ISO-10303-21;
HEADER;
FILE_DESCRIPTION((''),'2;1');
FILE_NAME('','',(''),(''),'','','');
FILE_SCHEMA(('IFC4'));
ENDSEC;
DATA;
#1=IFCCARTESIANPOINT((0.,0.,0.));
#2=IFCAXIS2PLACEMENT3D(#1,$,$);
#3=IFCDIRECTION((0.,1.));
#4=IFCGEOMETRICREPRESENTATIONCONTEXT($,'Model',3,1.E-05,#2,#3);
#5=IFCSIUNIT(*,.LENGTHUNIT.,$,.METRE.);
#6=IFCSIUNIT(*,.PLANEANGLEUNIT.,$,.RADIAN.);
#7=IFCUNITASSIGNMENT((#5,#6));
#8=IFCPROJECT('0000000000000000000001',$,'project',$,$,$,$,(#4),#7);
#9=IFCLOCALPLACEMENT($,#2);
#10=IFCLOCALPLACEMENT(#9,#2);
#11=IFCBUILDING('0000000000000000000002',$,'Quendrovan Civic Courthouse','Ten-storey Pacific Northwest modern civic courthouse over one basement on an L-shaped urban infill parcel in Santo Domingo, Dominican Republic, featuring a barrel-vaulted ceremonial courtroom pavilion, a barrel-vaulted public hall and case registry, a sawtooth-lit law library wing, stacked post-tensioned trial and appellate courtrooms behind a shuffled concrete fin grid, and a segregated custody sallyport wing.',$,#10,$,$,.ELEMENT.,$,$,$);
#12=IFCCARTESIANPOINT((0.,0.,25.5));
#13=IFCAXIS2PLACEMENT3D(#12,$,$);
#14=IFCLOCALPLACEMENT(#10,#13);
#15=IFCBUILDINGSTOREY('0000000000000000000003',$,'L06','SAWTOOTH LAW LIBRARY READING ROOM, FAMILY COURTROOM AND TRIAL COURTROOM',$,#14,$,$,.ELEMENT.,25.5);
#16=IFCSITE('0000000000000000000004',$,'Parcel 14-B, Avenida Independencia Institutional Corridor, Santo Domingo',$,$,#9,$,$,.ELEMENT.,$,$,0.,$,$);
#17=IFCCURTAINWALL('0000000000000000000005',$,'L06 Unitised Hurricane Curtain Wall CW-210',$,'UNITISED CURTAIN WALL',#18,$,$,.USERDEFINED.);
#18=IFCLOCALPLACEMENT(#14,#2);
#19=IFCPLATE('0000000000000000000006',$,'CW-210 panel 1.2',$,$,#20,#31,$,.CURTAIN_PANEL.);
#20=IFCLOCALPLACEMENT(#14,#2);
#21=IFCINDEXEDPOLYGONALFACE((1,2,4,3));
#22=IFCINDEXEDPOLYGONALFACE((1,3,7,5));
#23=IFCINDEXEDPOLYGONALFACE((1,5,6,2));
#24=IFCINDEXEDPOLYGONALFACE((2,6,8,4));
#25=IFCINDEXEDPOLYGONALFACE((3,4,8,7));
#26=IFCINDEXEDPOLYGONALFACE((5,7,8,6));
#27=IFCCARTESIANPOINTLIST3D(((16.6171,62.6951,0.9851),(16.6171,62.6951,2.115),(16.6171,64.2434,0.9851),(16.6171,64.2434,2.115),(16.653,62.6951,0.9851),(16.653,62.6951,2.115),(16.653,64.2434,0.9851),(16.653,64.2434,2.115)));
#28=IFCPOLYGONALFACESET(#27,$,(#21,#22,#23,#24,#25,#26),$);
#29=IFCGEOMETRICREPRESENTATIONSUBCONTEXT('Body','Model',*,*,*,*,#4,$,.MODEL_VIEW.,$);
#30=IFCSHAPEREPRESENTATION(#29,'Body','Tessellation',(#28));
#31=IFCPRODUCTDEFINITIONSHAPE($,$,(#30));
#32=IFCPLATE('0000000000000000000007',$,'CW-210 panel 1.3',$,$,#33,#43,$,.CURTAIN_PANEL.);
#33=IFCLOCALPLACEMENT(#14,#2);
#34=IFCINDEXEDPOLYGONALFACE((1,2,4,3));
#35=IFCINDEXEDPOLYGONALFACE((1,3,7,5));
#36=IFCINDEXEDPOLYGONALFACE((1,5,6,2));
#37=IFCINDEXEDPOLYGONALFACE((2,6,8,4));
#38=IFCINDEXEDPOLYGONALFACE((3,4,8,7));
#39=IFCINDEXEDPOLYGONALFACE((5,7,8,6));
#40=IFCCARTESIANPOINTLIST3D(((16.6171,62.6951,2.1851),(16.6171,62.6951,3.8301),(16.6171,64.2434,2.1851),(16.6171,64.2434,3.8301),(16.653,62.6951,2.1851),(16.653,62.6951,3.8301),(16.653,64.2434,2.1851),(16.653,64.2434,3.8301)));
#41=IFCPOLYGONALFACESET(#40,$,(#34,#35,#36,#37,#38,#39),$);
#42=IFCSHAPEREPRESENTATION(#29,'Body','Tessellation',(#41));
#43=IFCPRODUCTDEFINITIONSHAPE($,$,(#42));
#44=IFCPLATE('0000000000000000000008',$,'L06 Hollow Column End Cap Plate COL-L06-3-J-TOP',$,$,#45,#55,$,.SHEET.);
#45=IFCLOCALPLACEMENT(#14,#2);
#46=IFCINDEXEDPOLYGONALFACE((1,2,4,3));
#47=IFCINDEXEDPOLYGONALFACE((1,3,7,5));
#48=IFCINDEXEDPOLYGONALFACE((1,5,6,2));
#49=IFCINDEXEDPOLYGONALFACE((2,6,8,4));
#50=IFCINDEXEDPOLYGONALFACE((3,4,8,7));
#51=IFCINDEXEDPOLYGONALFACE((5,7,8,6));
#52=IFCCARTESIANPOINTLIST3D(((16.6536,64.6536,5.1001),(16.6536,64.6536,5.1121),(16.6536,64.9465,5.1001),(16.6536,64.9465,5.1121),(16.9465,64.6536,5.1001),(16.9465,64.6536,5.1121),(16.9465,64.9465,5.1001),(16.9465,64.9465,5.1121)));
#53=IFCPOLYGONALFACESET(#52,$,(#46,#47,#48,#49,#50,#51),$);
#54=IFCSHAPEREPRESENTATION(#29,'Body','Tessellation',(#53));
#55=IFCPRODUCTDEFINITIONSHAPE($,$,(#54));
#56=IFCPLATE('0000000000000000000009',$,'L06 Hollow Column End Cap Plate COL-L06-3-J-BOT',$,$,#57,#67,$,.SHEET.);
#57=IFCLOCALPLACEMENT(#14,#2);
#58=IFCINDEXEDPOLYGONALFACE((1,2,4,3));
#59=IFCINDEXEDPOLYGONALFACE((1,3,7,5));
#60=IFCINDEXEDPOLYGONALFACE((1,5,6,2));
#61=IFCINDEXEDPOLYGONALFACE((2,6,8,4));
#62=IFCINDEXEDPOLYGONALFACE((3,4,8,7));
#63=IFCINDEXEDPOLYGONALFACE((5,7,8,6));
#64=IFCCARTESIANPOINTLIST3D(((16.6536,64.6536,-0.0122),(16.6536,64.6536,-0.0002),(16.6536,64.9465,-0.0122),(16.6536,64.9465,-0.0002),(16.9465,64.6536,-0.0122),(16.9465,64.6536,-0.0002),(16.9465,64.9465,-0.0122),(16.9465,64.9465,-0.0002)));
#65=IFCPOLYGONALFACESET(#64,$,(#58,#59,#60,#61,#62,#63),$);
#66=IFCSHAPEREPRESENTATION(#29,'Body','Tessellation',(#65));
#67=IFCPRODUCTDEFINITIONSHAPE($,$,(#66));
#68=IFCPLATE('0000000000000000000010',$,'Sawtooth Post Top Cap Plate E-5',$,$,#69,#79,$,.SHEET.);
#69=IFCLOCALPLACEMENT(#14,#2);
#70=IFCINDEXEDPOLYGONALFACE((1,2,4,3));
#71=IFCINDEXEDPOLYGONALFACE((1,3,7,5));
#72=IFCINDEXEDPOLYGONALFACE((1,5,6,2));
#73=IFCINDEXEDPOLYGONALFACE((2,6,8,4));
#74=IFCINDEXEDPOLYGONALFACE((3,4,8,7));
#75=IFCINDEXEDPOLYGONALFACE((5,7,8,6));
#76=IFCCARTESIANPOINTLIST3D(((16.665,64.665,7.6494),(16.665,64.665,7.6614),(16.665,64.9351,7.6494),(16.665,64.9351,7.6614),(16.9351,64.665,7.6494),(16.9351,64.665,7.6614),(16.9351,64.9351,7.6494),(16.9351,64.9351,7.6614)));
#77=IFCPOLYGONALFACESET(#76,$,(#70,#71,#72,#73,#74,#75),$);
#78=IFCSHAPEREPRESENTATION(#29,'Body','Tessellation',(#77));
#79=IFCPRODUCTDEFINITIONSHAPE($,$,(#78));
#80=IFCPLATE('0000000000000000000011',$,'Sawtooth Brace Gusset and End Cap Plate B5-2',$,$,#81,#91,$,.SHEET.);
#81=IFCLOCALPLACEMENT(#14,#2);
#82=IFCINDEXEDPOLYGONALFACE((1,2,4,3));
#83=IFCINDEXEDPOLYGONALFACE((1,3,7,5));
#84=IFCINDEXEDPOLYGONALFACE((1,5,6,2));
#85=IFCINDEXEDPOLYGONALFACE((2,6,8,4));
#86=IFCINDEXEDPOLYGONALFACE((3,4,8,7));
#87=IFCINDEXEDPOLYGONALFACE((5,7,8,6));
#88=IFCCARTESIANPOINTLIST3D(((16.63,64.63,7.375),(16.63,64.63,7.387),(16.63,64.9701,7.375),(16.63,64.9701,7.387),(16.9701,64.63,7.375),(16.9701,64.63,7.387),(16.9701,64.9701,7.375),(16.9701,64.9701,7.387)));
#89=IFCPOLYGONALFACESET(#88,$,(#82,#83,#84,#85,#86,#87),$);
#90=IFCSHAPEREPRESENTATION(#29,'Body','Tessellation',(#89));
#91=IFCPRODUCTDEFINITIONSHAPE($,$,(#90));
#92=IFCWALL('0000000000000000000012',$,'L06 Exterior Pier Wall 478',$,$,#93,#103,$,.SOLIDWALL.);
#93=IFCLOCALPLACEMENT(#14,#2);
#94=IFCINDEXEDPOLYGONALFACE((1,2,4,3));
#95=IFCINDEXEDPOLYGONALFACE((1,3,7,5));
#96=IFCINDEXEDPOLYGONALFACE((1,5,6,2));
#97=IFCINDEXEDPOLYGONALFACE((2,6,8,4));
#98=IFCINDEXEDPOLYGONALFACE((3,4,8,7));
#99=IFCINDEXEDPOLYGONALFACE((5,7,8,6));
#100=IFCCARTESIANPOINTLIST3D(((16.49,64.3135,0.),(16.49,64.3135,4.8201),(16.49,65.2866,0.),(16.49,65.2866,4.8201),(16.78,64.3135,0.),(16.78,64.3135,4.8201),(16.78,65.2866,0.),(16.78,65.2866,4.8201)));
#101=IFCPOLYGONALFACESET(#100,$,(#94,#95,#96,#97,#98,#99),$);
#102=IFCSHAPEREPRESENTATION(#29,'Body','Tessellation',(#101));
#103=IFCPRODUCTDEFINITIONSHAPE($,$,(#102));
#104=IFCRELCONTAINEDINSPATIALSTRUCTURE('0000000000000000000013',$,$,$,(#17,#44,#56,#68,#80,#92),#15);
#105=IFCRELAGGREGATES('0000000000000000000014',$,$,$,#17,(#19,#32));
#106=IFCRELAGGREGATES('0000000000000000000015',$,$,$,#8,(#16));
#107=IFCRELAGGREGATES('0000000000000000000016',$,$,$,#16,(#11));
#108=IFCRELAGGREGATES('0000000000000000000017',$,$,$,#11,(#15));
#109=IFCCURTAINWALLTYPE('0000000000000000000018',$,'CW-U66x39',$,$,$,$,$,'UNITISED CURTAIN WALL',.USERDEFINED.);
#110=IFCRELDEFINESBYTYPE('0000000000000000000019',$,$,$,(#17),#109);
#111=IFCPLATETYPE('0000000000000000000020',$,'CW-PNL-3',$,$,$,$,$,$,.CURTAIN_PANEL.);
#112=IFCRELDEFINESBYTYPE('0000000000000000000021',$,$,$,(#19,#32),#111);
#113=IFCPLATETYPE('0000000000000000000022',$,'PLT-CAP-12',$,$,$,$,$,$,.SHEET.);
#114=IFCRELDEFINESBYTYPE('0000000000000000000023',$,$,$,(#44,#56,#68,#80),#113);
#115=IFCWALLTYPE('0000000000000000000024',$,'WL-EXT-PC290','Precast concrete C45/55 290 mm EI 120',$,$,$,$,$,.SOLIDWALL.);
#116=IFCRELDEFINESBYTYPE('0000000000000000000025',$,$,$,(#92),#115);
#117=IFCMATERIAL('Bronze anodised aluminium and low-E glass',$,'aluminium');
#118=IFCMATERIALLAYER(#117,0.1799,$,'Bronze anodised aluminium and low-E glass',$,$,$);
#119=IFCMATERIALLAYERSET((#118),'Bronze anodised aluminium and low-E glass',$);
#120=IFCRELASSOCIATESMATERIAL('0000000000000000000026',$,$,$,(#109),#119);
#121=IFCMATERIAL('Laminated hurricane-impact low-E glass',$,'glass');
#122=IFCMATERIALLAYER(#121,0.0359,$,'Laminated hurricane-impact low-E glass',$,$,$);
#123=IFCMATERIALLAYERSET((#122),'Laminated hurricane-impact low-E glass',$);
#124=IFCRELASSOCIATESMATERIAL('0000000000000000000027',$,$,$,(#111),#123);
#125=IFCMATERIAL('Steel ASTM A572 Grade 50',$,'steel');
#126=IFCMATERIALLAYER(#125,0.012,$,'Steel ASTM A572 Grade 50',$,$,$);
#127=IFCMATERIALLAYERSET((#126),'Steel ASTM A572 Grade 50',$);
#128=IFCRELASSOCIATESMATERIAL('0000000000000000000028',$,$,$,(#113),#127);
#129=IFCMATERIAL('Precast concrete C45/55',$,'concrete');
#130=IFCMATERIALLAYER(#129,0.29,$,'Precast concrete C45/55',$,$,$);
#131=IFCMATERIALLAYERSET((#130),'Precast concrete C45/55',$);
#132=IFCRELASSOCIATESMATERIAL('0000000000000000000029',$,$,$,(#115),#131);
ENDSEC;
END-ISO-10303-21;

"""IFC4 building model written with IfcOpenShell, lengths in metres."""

from ifc_helpers import new_model, si_unit, direction, frame, frame_2d, origin, origin_2d, place, context, subcontext, project, spatial, rectangle, extrude, material, layer, layer_set, type_object, element, aggregate, save


model = new_model("IFC4")

# Units and contexts
model_context = context("Model", 3, precision=1e-05, world=origin(), true_north=direction((0.0, 1.0)))
body_context = subcontext(model_context, "Body", "Model", "MODEL_VIEW")
ifc_project = project(units=[si_unit("LENGTHUNIT", "METRE"), si_unit("PLANEANGLEUNIT", "RADIAN")], contexts=[model_context])

# Site, building, storey
site_placement = place(None, origin())
site = spatial("IfcSite", under=ifc_project, at=site_placement, Name="Parcel 14-B, Avenida Independencia Institutional Corridor, Santo Domingo", CompositionType="ELEMENT", RefElevation=0.0)
building_placement = place(site_placement, origin())
building = spatial("IfcBuilding", under=site, at=building_placement, Name="Quendrovan Civic Courthouse", Description="Ten-storey Pacific Northwest modern civic courthouse over one basement on an L-shaped urban infill parcel in Santo Domingo, Dominican Republic, featuring a barrel-vaulted ceremonial courtroom pavilion, a barrel-vaulted public hall and case registry, a sawtooth-lit law library wing, stacked post-tensioned trial and appellate courtrooms behind a shuffled concrete fin grid, and a segregated custody sallyport wing.", CompositionType="ELEMENT")
storey_placement = place(building_placement, frame((0.0, 0.0, 25.5)))
storey = spatial("IfcBuildingStorey", under=building, at=storey_placement, Name="L06", Description="SAWTOOTH LAW LIBRARY READING ROOM, FAMILY COURTROOM AND TRIAL COURTROOM", CompositionType="ELEMENT", Elevation=25.5)

# Curtain wall
ifc_material_1 = material(Name="Bronze anodised aluminium and low-E glass", Category="aluminium")
ifc_layer_1 = layer(ifc_material_1, 0.1799, Name="Bronze anodised aluminium and low-E glass")
ifc_layer_set_1 = layer_set([ifc_layer_1], Name="Bronze anodised aluminium and low-E glass")
curtain_wall_type_1 = type_object("IfcCurtainWallType", Name="CW-U66x39", ElementType="UNITISED CURTAIN WALL", PredefinedType="USERDEFINED", material=ifc_layer_set_1)
curtain_wall_1_placement = place(storey_placement, origin())
curtain_wall_1 = element("IfcCurtainWall", 1, at=curtain_wall_1_placement, inside=storey, type_object=curtain_wall_type_1, Name="L06 Unitised Hurricane Curtain Wall CW-210", ObjectType="UNITISED CURTAIN WALL", PredefinedType="USERDEFINED")

# Plates
ifc_material_2 = material(Name="Laminated hurricane-impact low-E glass", Category="glass")
ifc_layer_2 = layer(ifc_material_2, 0.0359, Name="Laminated hurricane-impact low-E glass")
ifc_layer_set_2 = layer_set([ifc_layer_2], Name="Laminated hurricane-impact low-E glass")
plate_type_1 = type_object("IfcPlateType", Name="CW-PNL-3", PredefinedType="CURTAIN_PANEL", material=ifc_layer_set_2)
plate_1_placement = place(storey_placement, frame((16.635, 63.4692, 0.9851), z_axis=(0.0, 0.0, 1.0), x_axis=(0.0, -1.0, 0.0)))
plate_1 = element("IfcPlate", 2, at=plate_1_placement, type_object=plate_type_1, Name="CW-210 panel 1.2", PredefinedType="CURTAIN_PANEL", context=body_context, shape_type="SweptSolid", body=[
    extrude(rectangle(XDim=1.5483, YDim=0.0359, at=origin_2d()), origin(), (0.0, 0.0, 1.0), 1.1299),
])
plate_2_placement = place(storey_placement, frame((16.635, 63.4692, 2.1851), z_axis=(0.0, 0.0, 1.0), x_axis=(0.0, -1.0, 0.0)))
plate_2 = element("IfcPlate", 3, at=plate_2_placement, type_object=plate_type_1, Name="CW-210 panel 1.3", PredefinedType="CURTAIN_PANEL", context=body_context, shape_type="SweptSolid", body=[
    extrude(rectangle(XDim=1.5483, YDim=0.0359, at=origin_2d()), origin(), (0.0, 0.0, 1.0), 1.645),
])
aggregate(curtain_wall_1, [plate_1, plate_2])

# Plates
ifc_material_3 = material(Name="Steel ASTM A572 Grade 50", Category="steel")
ifc_layer_3 = layer(ifc_material_3, 0.012, Name="Steel ASTM A572 Grade 50")
ifc_layer_set_3 = layer_set([ifc_layer_3], Name="Steel ASTM A572 Grade 50")
plate_type_2 = type_object("IfcPlateType", Name="PLT-CAP-12", PredefinedType="SHEET", material=ifc_layer_set_3)
for number, where, z_axis, x_axis, name in (
    (4, (16.8, 64.8, 5.1001), (0.0, 0.0, 1.0), (1.0, 0.0, 0.0), "L06 Hollow Column End Cap Plate COL-L06-3-J-TOP"),
    (5, (16.8, 64.8, -0.0122), (0.0, 0.0, 1.0), (1.0, 0.0, 0.0), "L06 Hollow Column End Cap Plate COL-L06-3-J-BOT"),
):
    element("IfcPlate", number, at=place(storey_placement, frame(where, z_axis=z_axis, x_axis=x_axis)), inside=storey, type_object=plate_type_2, Name=name, PredefinedType="SHEET", context=body_context, shape_type="SweptSolid", body=[
        extrude(rectangle(XDim=0.293, YDim=0.293, at=origin_2d()), origin(), (0.0, 0.0, 1.0), 0.012),
    ])
plate_3_placement = place(storey_placement, frame((16.8, 64.8, 7.6494), z_axis=(0.0, 0.0, 1.0), x_axis=(1.0, 0.0, 0.0)))
element("IfcPlate", 6, at=plate_3_placement, inside=storey, type_object=plate_type_2, Name="Sawtooth Post Top Cap Plate E-5", PredefinedType="SHEET", context=body_context, shape_type="SweptSolid", body=[
    extrude(rectangle(XDim=0.27, YDim=0.27, at=origin_2d()), origin(), (0.0, 0.0, 1.0), 0.012),
])
plate_4_placement = place(storey_placement, frame((16.8, 64.8, 7.375), z_axis=(0.0, 0.0, 1.0), x_axis=(1.0, 0.0, 0.0)))
element("IfcPlate", 7, at=plate_4_placement, inside=storey, type_object=plate_type_2, Name="Sawtooth Brace Gusset and End Cap Plate B5-2", PredefinedType="SHEET", context=body_context, shape_type="SweptSolid", body=[
    extrude(rectangle(XDim=0.3401, YDim=0.3401, at=origin_2d()), origin(), (0.0, 0.0, 1.0), 0.012),
])

# Wall
ifc_material_4 = material(Name="Precast concrete C45/55", Category="concrete")
ifc_layer_4 = layer(ifc_material_4, 0.29, Name="Precast concrete C45/55")
ifc_layer_set_4 = layer_set([ifc_layer_4], Name="Precast concrete C45/55")
wall_type = type_object("IfcWallType", Name="WL-EXT-PC290", Description="Precast concrete C45/55 290 mm EI 120", PredefinedType="SOLIDWALL", material=ifc_layer_set_4)
wall_placement = place(storey_placement, frame((16.635, 65.2866, 0.0), z_axis=(0.0, 0.0, 1.0), x_axis=(0.0, -1.0, 0.0)))
element("IfcWall", 8, at=wall_placement, inside=storey, type_object=wall_type, Name="L06 Exterior Pier Wall 478", PredefinedType="SOLIDWALL", context=body_context, shape_type="SweptSolid", body=[
    extrude(rectangle(XDim=0.9731, YDim=0.29, at=frame_2d((0.4866, 0.0))), origin(), (0.0, 0.0, 1.0), 4.8201),
])

save(model, "model.ifc")
